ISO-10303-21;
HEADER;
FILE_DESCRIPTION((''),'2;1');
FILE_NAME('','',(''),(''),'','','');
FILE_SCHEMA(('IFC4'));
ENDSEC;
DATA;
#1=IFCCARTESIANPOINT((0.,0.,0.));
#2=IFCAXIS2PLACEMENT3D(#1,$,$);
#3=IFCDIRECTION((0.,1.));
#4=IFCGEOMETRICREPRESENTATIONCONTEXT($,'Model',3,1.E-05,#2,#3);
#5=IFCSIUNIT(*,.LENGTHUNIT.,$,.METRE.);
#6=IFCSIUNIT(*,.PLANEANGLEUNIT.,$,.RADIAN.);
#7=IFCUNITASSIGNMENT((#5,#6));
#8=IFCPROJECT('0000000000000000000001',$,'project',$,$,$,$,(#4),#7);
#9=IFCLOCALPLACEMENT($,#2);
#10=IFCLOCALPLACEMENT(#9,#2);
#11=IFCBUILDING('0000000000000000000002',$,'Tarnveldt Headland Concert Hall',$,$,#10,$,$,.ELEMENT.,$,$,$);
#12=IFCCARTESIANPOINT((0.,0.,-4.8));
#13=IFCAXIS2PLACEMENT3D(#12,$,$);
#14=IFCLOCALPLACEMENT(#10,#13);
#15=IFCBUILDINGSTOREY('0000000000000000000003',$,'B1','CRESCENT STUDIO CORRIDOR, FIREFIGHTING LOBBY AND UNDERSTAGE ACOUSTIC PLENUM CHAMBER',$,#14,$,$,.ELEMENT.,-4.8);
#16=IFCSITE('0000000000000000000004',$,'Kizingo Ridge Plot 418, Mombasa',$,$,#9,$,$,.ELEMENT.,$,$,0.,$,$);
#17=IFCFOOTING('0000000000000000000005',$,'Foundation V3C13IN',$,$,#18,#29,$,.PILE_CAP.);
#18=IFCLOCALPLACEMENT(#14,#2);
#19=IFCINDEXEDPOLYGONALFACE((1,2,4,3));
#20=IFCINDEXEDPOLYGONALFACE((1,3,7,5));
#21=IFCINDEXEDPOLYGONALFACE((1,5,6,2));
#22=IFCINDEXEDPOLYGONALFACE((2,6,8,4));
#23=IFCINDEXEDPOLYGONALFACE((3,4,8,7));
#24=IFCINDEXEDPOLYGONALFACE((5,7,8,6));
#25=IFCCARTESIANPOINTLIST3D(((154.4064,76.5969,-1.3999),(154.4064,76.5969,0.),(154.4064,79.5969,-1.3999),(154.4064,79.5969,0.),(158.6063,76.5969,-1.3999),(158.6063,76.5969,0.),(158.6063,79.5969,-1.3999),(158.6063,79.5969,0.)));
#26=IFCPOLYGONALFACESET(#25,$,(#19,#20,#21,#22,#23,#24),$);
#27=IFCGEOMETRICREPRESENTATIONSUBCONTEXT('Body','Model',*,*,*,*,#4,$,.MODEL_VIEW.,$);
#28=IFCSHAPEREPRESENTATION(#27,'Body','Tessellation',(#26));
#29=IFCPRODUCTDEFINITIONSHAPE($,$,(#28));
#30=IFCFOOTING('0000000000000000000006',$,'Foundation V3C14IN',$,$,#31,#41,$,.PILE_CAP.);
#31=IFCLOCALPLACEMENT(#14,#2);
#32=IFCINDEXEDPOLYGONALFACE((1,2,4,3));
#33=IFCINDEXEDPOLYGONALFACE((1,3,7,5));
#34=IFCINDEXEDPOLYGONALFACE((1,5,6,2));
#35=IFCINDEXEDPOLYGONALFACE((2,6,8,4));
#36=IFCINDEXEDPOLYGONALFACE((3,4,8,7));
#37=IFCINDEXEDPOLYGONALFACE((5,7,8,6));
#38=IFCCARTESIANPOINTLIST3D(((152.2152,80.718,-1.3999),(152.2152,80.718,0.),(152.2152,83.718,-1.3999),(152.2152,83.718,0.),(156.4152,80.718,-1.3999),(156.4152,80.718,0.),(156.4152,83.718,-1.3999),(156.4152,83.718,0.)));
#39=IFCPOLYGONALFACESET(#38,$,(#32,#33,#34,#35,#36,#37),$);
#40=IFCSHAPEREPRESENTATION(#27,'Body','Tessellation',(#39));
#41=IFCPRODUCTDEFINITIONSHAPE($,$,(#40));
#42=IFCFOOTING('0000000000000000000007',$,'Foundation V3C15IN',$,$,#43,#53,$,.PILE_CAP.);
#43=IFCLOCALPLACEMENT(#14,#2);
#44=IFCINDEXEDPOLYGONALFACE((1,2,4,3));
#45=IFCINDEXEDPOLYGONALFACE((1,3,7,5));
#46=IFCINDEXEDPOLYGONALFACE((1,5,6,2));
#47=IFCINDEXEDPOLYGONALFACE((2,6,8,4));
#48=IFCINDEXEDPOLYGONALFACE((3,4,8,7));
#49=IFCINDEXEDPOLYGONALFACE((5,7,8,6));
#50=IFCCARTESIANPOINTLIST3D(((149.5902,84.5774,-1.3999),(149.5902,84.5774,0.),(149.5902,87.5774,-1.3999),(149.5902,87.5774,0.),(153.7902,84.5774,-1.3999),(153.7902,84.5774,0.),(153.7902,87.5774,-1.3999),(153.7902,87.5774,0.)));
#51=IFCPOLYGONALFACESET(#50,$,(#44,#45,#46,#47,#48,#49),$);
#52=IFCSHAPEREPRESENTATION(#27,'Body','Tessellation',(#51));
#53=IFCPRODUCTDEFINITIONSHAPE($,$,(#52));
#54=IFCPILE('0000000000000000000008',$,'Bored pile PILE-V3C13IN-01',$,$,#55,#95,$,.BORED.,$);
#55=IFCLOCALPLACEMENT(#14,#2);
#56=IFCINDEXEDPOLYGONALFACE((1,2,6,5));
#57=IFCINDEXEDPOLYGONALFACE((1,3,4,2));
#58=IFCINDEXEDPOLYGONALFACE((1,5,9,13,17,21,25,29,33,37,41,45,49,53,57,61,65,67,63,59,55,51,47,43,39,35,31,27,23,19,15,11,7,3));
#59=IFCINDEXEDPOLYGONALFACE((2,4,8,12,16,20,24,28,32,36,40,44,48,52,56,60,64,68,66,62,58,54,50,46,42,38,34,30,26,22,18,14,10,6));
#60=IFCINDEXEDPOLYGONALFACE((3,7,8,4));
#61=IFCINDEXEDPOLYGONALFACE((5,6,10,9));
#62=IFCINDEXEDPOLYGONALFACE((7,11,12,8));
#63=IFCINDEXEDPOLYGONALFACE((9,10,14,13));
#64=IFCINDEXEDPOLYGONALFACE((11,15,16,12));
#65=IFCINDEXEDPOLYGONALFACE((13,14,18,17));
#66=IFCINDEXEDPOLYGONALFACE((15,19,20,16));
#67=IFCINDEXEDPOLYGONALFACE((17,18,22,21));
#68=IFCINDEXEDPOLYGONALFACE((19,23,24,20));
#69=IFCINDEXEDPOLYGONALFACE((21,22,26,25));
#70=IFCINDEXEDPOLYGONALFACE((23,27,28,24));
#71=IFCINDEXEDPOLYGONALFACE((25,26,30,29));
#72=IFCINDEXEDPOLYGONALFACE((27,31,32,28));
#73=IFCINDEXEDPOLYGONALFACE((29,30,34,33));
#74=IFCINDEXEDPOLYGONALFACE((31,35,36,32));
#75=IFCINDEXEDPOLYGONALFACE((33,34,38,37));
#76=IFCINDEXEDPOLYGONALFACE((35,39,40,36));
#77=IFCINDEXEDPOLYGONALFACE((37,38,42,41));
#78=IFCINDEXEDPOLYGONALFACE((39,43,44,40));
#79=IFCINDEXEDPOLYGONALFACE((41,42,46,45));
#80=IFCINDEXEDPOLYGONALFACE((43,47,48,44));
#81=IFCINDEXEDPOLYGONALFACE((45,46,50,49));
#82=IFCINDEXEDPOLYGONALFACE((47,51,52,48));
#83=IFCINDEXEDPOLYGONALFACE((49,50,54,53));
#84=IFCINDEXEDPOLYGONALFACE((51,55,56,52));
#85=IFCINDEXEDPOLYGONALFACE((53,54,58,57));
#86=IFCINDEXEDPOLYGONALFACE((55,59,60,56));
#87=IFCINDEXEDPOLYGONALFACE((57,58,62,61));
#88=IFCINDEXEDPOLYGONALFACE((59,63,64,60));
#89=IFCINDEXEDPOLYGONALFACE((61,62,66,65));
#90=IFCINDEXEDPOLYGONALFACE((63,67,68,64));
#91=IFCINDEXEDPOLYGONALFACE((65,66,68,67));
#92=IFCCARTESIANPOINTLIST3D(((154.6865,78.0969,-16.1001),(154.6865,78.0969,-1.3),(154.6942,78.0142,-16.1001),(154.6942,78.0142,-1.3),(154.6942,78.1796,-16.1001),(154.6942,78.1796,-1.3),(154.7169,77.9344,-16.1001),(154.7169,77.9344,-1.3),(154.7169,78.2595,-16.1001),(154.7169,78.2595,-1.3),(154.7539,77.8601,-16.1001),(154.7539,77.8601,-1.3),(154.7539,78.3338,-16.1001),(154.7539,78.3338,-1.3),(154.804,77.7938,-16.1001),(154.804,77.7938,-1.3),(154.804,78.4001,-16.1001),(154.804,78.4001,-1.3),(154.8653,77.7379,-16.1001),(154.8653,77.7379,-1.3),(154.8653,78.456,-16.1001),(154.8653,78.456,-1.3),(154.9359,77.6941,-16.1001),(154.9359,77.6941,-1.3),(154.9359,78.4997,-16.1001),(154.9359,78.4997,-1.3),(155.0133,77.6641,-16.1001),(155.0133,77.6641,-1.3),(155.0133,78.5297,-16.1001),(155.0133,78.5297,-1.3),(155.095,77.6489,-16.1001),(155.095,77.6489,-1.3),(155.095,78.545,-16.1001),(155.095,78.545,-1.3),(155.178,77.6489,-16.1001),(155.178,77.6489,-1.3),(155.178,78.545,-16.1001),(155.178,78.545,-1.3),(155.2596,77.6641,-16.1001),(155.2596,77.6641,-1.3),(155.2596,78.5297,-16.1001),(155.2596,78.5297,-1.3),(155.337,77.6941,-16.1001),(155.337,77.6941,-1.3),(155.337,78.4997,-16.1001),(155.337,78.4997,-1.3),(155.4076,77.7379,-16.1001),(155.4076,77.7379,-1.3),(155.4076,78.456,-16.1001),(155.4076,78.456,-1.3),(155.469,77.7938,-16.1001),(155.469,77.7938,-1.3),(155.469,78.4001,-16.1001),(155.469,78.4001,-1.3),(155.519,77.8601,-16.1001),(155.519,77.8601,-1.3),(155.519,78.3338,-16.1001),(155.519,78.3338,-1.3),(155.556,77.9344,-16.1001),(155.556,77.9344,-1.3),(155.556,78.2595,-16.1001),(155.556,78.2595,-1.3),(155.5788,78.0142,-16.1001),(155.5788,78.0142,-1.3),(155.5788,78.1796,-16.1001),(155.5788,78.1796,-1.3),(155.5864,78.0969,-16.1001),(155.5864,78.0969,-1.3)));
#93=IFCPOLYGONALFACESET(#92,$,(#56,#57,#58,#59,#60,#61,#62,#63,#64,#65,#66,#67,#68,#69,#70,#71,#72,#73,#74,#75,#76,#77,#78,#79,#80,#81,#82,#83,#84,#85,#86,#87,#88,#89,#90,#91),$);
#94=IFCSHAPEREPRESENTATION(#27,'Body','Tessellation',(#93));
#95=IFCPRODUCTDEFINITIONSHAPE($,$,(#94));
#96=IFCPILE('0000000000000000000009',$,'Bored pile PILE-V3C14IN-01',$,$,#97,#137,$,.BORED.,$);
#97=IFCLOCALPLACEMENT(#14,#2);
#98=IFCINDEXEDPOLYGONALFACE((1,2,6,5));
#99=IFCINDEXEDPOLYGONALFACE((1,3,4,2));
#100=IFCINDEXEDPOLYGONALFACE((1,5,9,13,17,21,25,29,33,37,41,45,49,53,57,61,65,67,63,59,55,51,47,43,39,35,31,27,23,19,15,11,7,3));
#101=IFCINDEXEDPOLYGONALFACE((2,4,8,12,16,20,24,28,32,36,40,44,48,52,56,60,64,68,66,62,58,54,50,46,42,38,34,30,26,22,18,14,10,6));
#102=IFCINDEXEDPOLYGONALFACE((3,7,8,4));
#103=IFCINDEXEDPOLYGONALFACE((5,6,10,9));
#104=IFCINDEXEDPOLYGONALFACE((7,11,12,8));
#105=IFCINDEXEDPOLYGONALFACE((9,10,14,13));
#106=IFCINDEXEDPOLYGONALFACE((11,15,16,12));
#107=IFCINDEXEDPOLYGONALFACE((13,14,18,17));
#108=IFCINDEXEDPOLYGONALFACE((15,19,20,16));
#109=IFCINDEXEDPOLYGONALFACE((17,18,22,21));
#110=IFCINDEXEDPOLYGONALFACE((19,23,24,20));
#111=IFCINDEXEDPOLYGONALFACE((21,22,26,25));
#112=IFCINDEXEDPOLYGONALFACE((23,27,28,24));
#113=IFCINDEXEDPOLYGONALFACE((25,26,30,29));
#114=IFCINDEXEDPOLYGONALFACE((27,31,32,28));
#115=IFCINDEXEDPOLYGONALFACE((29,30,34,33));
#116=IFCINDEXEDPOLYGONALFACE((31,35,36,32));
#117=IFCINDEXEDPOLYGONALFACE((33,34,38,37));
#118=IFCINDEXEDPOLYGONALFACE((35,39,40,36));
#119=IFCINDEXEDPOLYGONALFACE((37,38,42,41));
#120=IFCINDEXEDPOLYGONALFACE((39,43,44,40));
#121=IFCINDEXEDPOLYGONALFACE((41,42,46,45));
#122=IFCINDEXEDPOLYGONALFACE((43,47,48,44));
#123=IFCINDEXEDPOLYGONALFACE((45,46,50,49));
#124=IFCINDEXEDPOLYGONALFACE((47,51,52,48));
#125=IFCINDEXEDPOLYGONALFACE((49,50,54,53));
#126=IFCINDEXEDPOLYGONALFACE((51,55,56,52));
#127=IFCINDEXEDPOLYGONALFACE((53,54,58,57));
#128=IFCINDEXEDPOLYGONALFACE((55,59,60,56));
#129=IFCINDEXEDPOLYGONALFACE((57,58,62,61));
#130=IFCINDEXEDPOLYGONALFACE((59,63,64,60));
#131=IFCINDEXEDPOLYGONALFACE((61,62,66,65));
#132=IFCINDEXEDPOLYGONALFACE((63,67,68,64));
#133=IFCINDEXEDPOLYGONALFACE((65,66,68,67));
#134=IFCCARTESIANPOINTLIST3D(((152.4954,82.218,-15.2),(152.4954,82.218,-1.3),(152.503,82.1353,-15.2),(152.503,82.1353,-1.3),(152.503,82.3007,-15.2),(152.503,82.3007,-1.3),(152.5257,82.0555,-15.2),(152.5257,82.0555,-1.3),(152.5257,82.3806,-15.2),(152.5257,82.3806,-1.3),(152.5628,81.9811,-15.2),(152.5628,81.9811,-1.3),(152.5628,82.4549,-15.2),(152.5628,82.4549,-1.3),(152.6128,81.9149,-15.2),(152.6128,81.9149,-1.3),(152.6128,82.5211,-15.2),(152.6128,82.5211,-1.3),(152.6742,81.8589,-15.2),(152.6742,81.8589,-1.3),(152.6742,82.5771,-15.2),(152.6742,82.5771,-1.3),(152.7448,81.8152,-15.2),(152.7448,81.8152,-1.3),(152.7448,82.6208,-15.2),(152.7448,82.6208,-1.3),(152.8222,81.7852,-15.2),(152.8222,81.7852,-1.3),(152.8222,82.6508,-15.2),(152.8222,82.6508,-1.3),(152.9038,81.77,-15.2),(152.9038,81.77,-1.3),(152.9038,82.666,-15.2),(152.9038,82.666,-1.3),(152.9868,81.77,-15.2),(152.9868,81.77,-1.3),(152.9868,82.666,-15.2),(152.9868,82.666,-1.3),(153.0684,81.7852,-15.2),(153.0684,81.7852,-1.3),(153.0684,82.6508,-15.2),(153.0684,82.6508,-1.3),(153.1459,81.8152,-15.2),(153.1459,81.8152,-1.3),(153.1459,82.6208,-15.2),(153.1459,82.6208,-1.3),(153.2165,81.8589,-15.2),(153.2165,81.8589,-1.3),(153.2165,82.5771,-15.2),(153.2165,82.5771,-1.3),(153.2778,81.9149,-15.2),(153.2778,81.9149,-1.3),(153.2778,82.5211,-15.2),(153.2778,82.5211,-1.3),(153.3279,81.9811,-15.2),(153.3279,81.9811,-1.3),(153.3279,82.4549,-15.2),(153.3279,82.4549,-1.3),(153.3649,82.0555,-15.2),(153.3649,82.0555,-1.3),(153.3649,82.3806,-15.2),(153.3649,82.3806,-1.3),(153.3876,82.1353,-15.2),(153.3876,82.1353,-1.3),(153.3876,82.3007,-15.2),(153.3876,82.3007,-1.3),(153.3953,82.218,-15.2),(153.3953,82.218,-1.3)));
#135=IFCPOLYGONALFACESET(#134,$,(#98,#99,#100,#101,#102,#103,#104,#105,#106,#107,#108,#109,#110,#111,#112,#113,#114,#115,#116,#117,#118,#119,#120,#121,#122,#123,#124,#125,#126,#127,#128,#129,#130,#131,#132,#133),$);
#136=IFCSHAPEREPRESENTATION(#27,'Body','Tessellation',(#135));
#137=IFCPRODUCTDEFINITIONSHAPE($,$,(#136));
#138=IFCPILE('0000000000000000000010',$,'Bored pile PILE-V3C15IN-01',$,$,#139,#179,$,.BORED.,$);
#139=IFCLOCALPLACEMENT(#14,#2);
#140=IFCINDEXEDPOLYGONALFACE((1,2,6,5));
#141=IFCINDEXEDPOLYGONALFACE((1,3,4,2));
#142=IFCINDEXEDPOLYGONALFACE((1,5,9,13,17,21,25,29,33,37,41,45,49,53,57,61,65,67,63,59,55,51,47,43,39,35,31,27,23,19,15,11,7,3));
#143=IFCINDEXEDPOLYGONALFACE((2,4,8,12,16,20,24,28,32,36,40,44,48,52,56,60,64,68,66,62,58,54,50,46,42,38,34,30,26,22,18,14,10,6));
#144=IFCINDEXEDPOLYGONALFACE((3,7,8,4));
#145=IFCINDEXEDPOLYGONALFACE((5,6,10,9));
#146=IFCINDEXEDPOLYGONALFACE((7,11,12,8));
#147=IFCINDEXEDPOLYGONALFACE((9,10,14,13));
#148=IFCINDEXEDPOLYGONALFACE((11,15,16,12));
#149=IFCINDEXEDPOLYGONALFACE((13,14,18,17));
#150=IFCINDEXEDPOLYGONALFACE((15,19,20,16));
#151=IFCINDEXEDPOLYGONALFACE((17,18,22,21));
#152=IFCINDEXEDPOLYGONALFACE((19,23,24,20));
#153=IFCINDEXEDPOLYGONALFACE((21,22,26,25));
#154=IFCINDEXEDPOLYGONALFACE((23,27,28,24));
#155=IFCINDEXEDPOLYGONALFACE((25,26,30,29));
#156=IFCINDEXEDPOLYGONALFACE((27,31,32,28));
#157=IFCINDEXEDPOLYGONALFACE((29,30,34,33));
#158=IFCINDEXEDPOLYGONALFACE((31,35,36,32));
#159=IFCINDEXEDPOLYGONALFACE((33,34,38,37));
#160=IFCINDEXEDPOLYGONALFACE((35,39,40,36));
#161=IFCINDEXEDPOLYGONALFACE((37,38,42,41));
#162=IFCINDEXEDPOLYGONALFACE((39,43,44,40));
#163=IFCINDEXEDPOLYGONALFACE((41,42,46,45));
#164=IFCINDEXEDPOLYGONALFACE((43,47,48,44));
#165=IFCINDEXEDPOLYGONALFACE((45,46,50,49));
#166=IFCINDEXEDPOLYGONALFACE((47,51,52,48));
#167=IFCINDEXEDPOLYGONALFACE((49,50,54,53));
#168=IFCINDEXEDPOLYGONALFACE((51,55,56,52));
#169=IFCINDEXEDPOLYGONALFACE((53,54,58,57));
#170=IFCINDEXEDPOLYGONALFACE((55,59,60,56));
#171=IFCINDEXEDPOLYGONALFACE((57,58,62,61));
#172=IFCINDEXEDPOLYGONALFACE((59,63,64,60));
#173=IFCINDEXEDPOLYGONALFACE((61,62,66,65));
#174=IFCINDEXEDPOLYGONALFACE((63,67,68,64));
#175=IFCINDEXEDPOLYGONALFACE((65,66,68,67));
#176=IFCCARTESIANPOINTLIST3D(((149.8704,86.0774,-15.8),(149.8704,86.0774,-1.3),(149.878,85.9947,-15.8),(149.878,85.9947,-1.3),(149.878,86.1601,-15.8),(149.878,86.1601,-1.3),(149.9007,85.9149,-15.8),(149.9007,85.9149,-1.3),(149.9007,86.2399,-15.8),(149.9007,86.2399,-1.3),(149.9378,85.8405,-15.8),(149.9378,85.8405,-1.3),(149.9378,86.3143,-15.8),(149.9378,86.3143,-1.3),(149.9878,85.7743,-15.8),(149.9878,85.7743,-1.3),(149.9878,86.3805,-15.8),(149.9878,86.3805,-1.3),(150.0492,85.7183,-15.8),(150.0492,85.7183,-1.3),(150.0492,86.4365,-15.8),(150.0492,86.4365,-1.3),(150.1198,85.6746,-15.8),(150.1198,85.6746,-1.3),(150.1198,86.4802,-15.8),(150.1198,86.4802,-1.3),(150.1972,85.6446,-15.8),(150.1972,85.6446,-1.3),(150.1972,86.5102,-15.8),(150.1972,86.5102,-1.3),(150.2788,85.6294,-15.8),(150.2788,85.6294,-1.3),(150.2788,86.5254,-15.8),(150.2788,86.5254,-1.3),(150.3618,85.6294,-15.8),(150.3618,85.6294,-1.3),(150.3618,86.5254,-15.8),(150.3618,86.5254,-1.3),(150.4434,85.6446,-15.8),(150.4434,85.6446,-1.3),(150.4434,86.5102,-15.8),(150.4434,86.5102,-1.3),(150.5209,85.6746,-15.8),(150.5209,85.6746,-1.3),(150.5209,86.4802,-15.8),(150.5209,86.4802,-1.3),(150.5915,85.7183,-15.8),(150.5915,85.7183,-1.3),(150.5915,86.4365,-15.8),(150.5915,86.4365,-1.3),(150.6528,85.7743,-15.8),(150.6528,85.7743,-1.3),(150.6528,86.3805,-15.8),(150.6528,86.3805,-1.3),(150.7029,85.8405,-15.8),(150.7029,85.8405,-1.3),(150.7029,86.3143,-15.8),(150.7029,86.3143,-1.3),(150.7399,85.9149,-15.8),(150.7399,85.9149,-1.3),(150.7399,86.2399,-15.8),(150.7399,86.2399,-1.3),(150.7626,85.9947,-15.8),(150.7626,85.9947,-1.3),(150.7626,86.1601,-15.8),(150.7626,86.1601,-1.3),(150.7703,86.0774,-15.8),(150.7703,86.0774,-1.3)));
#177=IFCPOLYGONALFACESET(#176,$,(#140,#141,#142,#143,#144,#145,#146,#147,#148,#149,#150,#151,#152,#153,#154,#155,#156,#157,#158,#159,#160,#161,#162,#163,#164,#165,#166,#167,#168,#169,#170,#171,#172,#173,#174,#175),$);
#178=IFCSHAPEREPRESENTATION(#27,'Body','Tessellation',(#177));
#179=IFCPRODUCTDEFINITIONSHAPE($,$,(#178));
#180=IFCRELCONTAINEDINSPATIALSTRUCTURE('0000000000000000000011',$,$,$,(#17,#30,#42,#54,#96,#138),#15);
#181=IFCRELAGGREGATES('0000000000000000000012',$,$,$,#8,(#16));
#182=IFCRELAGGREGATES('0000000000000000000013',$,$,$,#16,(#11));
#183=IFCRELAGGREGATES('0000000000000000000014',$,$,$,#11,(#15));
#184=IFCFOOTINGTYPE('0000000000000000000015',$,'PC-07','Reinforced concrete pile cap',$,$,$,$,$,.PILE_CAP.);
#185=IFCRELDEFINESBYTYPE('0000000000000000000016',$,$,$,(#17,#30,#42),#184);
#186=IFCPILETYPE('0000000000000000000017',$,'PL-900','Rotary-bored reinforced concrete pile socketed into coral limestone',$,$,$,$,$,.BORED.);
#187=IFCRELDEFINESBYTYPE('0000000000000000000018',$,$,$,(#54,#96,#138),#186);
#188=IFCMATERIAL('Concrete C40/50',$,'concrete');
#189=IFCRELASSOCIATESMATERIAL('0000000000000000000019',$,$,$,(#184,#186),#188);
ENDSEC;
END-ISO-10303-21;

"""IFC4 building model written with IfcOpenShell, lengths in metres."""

from ifc_helpers import new_model, si_unit, direction, frame, origin, origin_2d, place, context, subcontext, project, spatial, rectangle, circle, extrude, material, material_profile, profile_set, type_object, element, save


model = new_model("IFC4")

# Units and contexts
model_context = context("Model", 3, precision=1e-05, world=origin(), true_north=direction((0.0, 1.0)))
body_context = subcontext(model_context, "Body", "Model", "MODEL_VIEW")
ifc_project = project(units=[si_unit("LENGTHUNIT", "METRE"), si_unit("PLANEANGLEUNIT", "RADIAN")], contexts=[model_context])

# Site, building, storey
site_placement = place(None, origin())
site = spatial("IfcSite", under=ifc_project, at=site_placement, Name="Kizingo Ridge Plot 418, Mombasa", CompositionType="ELEMENT", RefElevation=0.0)
building_placement = place(site_placement, origin())
building = spatial("IfcBuilding", under=site, at=building_placement, Name="Tarnveldt Headland Concert Hall", CompositionType="ELEMENT")
storey_placement = place(building_placement, frame((0.0, 0.0, -4.8)))
storey = spatial("IfcBuildingStorey", under=building, at=storey_placement, Name="B1", Description="CRESCENT STUDIO CORRIDOR, FIREFIGHTING LOBBY AND UNDERSTAGE ACOUSTIC PLENUM CHAMBER", CompositionType="ELEMENT", Elevation=-4.8)

# Footings
ifc_material_1 = material(Name="Concrete C40/50", Category="concrete")
footing_type = type_object("IfcFootingType", Name="PC-07", Description="Reinforced concrete pile cap", PredefinedType="PILE_CAP", material=ifc_material_1)
for number, where, z_axis, x_axis, name in (
    (1, (156.5063, 78.0969, -1.3999), (0.0, 0.0, 1.0), (1.0, 0.0, 0.0), "Foundation V3C13IN"),
    (2, (154.3152, 82.218, -1.3999), (0.0, 0.0, 1.0), (1.0, 0.0, 0.0), "Foundation V3C14IN"),
    (3, (151.6902, 86.0774, -1.3999), (0.0, 0.0, 1.0), (1.0, 0.0, 0.0), "Foundation V3C15IN"),
):
    element("IfcFooting", number, at=place(storey_placement, frame(where, z_axis=z_axis, x_axis=x_axis)), inside=storey, type_object=footing_type, Name=name, PredefinedType="PILE_CAP", context=body_context, shape_type="SweptSolid", body=[
        extrude(rectangle(XDim=4.2, YDim=3.0, at=origin_2d()), origin(), (0.0, 0.0, 1.0), 1.3999),
    ])

# Piles
ifc_material_profile_1 = material_profile(ifc_material_1, circle(Radius=0.45, at=origin_2d()), Name="BORED PILE D900", Category="concrete")
ifc_profile_set_1 = profile_set([ifc_material_profile_1], Name="Concrete C40/50")
pile_type = type_object("IfcPileType", Name="PL-900", Description="Rotary-bored reinforced concrete pile socketed into coral limestone", PredefinedType="BORED", material=ifc_profile_set_1)
pile_1_placement = place(storey_placement, frame((155.1365, 78.0969, -1.3), z_axis=(0.0, 0.0, -1.0), x_axis=(1.0, 0.0, 0.0)))
element("IfcPile", 4, at=pile_1_placement, inside=storey, type_object=pile_type, Name="Bored pile PILE-V3C13IN-01", PredefinedType="BORED", context=body_context, shape_type="SweptSolid", body=[
    extrude(circle(Radius=0.45, at=origin_2d()), origin(), (0.0, 0.0, 1.0), 14.8),
])
pile_2_placement = place(storey_placement, frame((152.9453, 82.218, -1.3), z_axis=(0.0, 0.0, -1.0), x_axis=(1.0, 0.0, 0.0)))
element("IfcPile", 5, at=pile_2_placement, inside=storey, type_object=pile_type, Name="Bored pile PILE-V3C14IN-01", PredefinedType="BORED", context=body_context, shape_type="SweptSolid", body=[
    extrude(circle(Radius=0.45, at=origin_2d()), origin(), (0.0, 0.0, 1.0), 13.8999),
])
for number, where, z_axis, x_axis, name in (
    (6, (150.3203, 86.0774, -1.3), (0.0, 0.0, -1.0), (1.0, 0.0, 0.0), "Bored pile PILE-V3C15IN-01"),
):
    element("IfcPile", number, at=place(storey_placement, frame(where, z_axis=z_axis, x_axis=x_axis)), inside=storey, type_object=pile_type, Name=name, PredefinedType="BORED", context=body_context, shape_type="SweptSolid", body=[
        extrude(circle(Radius=0.45, at=origin_2d()), origin(), (0.0, 0.0, 1.0), 14.5),
    ])

save(model, "model.ifc")
